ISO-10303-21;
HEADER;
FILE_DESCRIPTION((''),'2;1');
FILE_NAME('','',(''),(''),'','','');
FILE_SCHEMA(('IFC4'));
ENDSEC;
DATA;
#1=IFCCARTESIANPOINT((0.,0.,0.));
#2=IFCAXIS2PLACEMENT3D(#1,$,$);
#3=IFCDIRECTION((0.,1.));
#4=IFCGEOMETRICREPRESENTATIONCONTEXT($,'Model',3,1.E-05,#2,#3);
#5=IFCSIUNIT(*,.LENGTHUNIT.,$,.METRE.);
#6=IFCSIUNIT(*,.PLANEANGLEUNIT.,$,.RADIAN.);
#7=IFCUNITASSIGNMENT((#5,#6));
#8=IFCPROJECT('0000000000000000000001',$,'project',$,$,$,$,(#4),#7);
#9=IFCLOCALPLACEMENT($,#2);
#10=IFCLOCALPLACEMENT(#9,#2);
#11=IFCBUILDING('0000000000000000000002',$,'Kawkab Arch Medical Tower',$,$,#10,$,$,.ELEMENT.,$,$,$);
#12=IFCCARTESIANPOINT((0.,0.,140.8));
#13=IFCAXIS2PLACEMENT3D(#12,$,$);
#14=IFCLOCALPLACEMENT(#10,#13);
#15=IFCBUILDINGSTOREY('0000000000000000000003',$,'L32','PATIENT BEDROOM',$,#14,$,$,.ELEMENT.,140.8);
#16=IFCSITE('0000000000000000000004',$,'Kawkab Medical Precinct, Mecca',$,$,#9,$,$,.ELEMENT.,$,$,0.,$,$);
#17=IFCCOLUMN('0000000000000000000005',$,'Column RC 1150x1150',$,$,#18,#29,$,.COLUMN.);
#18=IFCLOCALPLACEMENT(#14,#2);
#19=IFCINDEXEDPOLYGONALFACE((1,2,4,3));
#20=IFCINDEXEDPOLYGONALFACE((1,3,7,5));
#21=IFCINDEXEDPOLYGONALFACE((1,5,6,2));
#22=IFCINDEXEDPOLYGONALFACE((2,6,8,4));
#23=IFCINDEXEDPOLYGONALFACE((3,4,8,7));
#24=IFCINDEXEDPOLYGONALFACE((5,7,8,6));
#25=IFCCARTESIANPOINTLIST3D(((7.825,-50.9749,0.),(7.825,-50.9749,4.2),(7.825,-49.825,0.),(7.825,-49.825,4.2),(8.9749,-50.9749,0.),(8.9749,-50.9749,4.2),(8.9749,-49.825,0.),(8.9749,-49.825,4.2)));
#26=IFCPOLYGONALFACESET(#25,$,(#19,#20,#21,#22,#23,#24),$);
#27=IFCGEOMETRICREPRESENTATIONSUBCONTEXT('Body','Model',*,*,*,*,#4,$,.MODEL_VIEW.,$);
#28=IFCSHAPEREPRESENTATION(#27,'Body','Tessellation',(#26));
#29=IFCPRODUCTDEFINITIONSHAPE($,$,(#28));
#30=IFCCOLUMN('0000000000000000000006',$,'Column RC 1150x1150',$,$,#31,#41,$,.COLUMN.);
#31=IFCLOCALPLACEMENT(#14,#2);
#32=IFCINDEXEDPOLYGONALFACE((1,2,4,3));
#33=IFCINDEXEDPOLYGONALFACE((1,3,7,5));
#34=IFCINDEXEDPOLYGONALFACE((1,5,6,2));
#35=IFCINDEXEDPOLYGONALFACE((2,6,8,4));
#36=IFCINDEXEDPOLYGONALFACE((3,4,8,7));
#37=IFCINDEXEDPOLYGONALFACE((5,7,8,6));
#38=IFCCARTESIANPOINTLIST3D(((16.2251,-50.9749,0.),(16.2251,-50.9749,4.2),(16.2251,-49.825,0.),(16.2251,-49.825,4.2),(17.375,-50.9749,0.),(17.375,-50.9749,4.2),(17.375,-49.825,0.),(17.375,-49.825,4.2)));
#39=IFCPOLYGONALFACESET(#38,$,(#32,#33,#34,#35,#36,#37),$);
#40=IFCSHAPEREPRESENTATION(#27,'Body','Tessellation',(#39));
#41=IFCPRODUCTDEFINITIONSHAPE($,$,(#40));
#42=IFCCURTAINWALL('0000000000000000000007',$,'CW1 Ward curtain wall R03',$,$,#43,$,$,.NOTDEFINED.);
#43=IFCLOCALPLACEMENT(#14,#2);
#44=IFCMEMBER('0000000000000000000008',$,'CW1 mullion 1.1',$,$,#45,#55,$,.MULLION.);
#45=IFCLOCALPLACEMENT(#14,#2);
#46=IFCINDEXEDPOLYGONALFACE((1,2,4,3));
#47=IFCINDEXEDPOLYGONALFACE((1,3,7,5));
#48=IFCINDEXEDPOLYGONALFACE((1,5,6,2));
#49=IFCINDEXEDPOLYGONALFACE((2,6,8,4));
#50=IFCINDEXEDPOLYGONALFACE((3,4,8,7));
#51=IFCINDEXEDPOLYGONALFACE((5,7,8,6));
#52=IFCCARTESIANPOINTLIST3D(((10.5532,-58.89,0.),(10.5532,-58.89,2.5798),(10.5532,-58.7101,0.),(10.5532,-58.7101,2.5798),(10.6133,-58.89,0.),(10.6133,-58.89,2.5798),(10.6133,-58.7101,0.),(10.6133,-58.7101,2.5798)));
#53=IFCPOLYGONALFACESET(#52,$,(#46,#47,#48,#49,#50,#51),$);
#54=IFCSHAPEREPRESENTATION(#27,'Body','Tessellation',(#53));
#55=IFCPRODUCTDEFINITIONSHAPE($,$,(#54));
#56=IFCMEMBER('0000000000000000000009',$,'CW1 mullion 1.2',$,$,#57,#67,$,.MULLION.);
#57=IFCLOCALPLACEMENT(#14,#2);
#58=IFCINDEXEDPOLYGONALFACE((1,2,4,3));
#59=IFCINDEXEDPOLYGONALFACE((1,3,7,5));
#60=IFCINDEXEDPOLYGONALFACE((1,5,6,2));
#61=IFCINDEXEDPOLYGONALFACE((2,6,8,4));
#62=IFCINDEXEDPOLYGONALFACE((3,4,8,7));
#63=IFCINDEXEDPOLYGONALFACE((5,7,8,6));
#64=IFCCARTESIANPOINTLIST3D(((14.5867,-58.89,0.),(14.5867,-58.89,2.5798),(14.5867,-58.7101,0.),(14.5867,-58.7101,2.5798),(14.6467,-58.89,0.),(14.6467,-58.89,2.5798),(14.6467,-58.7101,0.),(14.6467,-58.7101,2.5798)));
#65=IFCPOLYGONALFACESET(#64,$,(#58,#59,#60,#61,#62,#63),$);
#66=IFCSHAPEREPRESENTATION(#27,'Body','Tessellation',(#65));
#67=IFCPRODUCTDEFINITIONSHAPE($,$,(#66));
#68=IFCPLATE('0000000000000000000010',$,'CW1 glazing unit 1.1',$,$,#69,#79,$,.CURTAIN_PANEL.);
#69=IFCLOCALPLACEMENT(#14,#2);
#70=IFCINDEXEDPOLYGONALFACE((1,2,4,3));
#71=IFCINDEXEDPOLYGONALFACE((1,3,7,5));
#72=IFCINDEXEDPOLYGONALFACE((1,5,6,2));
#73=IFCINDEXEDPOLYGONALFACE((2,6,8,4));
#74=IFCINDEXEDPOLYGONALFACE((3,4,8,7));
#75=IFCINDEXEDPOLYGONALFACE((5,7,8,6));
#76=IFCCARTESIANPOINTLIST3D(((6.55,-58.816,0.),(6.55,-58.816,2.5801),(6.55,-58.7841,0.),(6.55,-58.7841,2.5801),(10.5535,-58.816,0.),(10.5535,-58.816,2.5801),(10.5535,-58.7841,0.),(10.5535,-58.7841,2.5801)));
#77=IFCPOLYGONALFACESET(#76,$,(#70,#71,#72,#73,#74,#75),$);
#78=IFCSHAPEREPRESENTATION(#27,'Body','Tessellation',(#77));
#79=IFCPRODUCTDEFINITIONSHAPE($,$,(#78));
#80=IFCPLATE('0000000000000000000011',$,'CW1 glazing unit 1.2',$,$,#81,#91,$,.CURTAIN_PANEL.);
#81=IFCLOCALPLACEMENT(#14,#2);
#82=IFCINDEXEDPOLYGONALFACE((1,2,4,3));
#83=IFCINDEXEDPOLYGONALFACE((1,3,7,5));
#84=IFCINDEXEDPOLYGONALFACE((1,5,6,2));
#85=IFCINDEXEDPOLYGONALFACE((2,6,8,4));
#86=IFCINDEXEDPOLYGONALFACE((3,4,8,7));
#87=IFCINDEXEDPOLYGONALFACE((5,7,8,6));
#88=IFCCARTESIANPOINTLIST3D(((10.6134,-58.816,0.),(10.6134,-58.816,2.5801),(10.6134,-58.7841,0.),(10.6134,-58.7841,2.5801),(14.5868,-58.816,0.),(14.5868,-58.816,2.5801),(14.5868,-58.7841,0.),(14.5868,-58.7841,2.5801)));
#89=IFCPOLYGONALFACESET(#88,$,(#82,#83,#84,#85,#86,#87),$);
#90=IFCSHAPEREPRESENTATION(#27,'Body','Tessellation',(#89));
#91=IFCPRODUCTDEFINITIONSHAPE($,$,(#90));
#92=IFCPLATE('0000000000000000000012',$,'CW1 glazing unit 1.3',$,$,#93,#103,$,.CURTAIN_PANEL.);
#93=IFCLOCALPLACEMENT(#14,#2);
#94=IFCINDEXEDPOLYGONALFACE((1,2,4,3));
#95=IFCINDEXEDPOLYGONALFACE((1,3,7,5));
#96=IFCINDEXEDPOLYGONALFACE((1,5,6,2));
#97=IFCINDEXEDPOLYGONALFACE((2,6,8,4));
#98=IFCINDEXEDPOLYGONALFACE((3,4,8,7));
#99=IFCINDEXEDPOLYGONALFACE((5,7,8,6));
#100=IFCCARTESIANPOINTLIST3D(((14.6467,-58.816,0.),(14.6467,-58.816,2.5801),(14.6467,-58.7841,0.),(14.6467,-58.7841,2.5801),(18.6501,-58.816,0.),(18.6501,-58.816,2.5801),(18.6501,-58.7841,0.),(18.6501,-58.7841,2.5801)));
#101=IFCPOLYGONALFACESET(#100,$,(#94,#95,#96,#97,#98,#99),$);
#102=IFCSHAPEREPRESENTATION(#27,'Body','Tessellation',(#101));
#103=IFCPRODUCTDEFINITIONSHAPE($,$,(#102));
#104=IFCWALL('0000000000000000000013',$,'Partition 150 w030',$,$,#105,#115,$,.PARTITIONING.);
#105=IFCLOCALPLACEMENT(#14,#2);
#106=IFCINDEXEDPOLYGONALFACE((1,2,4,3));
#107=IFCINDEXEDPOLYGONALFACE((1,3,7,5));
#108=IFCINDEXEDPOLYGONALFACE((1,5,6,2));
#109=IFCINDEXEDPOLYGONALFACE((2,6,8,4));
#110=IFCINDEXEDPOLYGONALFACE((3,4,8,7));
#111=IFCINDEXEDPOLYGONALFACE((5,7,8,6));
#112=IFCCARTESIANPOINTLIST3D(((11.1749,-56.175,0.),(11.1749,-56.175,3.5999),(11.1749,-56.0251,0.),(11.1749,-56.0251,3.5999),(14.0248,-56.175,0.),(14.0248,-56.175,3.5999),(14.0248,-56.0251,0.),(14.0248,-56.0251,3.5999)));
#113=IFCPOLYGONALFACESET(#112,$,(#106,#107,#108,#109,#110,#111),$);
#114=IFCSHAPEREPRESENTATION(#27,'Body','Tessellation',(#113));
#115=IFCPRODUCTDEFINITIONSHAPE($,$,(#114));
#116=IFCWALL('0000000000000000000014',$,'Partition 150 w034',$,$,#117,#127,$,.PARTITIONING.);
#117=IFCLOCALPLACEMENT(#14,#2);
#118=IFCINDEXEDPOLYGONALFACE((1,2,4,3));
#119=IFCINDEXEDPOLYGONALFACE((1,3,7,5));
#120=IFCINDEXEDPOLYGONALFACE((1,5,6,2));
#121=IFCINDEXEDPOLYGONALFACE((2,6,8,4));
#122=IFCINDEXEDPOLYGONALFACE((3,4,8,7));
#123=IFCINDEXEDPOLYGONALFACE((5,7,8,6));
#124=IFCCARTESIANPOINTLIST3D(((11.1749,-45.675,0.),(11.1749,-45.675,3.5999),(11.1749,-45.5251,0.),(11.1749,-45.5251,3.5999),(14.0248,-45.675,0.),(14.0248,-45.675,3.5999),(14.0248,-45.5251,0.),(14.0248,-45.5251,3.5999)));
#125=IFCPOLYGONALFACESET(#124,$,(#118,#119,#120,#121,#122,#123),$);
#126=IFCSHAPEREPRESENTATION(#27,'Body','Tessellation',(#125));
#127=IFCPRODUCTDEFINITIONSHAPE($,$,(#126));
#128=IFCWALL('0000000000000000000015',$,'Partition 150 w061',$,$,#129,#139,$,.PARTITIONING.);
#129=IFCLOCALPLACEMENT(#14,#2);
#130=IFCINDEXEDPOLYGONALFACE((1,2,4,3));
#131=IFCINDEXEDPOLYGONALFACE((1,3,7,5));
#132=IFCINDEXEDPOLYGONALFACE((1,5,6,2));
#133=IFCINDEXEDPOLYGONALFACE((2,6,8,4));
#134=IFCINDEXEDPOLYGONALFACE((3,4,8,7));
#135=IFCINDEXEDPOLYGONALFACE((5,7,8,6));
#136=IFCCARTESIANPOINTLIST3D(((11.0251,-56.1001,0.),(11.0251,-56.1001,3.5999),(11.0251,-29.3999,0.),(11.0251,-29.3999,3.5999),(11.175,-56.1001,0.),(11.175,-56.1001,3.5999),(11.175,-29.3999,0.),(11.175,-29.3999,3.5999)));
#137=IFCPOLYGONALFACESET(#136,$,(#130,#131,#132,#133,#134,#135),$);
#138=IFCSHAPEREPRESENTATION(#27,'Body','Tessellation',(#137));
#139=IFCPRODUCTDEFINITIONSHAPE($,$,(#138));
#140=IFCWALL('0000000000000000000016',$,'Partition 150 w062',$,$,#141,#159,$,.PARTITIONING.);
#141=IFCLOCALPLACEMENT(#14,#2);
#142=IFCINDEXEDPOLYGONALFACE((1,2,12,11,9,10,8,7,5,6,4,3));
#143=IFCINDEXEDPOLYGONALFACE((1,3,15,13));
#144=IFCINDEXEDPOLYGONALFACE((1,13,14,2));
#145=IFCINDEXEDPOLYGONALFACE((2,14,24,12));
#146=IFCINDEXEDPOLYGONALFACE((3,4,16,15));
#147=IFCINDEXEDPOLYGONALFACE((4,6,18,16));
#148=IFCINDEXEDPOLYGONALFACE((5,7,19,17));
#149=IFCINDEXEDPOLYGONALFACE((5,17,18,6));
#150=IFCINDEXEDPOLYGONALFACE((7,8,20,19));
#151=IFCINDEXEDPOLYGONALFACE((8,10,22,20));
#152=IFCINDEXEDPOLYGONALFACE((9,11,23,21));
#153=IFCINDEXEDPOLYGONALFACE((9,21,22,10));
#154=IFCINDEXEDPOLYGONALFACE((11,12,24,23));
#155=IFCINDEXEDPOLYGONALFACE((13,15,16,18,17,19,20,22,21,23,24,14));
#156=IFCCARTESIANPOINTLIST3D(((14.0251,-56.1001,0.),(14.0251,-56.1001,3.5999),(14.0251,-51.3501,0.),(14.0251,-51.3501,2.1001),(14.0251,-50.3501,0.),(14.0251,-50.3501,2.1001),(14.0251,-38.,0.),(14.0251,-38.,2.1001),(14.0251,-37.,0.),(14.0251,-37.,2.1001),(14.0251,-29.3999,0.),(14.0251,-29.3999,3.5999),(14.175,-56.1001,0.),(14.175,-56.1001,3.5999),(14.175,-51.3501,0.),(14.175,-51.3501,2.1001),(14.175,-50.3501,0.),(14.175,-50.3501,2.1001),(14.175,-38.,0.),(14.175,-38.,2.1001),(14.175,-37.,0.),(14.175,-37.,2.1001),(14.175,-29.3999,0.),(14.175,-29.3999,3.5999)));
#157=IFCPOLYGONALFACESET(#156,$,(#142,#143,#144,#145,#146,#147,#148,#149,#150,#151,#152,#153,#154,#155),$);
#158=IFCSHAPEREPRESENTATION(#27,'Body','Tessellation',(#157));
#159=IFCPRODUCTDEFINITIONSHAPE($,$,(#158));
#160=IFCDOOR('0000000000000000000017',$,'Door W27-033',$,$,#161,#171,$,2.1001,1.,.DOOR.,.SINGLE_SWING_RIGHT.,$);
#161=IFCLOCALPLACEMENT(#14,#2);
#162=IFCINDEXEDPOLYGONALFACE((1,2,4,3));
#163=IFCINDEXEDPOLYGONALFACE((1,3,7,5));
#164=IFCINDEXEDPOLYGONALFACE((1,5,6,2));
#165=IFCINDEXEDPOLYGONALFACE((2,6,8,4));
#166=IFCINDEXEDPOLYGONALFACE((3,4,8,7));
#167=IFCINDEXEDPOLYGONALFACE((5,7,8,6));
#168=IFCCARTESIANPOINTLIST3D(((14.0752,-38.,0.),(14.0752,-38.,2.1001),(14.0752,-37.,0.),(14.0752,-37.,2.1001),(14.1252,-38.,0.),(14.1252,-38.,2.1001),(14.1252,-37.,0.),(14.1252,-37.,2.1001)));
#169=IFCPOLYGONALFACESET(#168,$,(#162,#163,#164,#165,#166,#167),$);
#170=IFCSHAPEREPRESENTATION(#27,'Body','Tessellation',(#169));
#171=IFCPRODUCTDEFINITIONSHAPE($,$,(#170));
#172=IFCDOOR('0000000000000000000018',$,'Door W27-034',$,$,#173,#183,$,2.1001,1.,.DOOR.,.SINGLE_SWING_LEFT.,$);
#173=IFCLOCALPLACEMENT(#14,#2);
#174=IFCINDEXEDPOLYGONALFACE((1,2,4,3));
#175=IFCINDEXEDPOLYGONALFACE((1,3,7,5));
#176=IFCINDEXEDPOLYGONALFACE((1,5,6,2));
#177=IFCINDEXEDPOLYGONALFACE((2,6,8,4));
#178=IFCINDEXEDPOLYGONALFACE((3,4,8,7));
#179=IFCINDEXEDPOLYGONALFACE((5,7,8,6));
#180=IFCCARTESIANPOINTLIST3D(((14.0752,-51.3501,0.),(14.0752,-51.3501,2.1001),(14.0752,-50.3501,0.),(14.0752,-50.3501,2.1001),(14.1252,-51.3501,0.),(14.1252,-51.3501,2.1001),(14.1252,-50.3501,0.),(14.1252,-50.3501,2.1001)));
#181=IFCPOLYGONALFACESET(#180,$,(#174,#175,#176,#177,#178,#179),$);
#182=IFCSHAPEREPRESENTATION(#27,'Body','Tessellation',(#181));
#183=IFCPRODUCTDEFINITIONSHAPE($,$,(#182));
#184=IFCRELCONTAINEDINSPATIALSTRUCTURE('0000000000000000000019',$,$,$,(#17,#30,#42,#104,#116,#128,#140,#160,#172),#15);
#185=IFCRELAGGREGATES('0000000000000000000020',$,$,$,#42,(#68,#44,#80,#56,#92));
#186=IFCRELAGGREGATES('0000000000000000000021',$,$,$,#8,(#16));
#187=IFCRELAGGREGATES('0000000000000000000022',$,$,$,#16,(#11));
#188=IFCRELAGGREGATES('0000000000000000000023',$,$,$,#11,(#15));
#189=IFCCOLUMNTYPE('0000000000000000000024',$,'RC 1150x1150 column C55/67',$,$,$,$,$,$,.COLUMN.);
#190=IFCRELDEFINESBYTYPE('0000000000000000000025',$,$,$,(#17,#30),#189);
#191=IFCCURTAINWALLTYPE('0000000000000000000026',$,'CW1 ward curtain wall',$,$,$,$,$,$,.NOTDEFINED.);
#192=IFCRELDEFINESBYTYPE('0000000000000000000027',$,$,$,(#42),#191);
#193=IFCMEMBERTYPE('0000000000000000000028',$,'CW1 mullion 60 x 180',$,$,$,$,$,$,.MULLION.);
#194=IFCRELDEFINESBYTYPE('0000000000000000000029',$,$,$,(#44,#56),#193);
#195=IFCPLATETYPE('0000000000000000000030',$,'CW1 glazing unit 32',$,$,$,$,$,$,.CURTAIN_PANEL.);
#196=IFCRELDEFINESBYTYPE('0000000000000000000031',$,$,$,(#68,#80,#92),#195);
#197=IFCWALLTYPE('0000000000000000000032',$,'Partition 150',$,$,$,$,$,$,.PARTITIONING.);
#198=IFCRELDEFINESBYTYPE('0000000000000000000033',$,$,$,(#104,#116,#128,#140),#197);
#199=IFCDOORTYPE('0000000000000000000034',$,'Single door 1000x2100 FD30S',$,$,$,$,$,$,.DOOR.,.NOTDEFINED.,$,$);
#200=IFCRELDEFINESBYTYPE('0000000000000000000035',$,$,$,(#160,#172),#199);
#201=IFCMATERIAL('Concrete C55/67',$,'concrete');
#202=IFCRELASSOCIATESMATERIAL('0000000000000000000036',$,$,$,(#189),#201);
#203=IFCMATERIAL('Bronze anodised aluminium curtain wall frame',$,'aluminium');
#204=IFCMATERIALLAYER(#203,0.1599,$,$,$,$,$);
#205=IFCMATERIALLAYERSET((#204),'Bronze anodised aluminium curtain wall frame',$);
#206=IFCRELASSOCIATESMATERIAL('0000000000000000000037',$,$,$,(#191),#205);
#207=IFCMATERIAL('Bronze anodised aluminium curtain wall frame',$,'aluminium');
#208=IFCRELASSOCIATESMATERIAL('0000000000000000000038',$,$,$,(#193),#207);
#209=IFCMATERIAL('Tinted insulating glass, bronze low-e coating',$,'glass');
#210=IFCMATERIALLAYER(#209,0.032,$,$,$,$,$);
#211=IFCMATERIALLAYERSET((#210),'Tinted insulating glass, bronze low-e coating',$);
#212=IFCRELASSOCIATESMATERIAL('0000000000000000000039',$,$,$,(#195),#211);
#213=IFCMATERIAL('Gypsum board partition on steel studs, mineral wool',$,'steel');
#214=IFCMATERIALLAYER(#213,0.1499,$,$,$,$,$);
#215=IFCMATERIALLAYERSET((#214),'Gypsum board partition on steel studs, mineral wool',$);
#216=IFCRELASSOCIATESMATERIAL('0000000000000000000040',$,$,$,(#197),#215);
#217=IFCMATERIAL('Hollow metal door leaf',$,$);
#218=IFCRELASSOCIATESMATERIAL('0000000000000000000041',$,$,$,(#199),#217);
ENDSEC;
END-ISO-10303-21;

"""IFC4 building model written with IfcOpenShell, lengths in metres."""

from ifc_helpers import new_model, si_unit, direction, frame, frame_2d, origin, origin_2d, place, context, subcontext, project, spatial, rectangle, extrude, material, layer, layer_set, material_profile, profile_set, type_object, element, fill, aggregate, save


model = new_model("IFC4")

# Units and contexts
model_context = context("Model", 3, precision=1e-05, world=origin(), true_north=direction((0.0, 1.0)))
body_context = subcontext(model_context, "Body", "Model", "MODEL_VIEW")
ifc_project = project(units=[si_unit("LENGTHUNIT", "METRE"), si_unit("PLANEANGLEUNIT", "RADIAN")], contexts=[model_context])

# Site, building, storey
site_placement = place(None, origin())
site = spatial("IfcSite", under=ifc_project, at=site_placement, Name="Kawkab Medical Precinct, Mecca", CompositionType="ELEMENT", RefElevation=0.0)
building_placement = place(site_placement, origin())
building = spatial("IfcBuilding", under=site, at=building_placement, Name="Kawkab Arch Medical Tower", CompositionType="ELEMENT")
storey_placement = place(building_placement, frame((0.0, 0.0, 140.8)))
storey = spatial("IfcBuildingStorey", under=building, at=storey_placement, Name="L32", Description="PATIENT BEDROOM", CompositionType="ELEMENT", Elevation=140.8)

# Columns
ifc_material_1 = material(Name="Concrete C55/67", Category="concrete")
ifc_material_profile_1 = material_profile(ifc_material_1, rectangle(XDim=1.1499, YDim=1.1499, at=origin_2d()), Name="RC 1150x1150")
ifc_profile_set_1 = profile_set([ifc_material_profile_1], Name="Concrete C55/67")
column_type = type_object("IfcColumnType", Name="RC 1150x1150 column C55/67", PredefinedType="COLUMN", material=ifc_profile_set_1)
for number, where, z_axis, x_axis, name in (
    (1, (8.3999, -50.3999, 0.0), (0.0, 0.0, 1.0), (1.0, 0.0, 0.0), "Column RC 1150x1150"),
    (2, (16.8, -50.3999, 0.0), (0.0, 0.0, 1.0), (1.0, 0.0, 0.0), "Column RC 1150x1150"),
):
    element("IfcColumn", number, at=place(storey_placement, frame(where, z_axis=z_axis, x_axis=x_axis)), inside=storey, type_object=column_type, Name=name, PredefinedType="COLUMN", context=body_context, shape_type="SweptSolid", body=[
        extrude(rectangle(XDim=1.1499, YDim=1.1499, at=origin_2d()), origin(), (0.0, 0.0, 1.0), 4.2),
    ])

# Curtain wall, members, plates
ifc_material_2 = material(Name="Bronze anodised aluminium curtain wall frame", Category="aluminium")
ifc_layer_1 = layer(ifc_material_2, 0.1599)
ifc_layer_set_1 = layer_set([ifc_layer_1], Name="Bronze anodised aluminium curtain wall frame")
curtain_wall_type = type_object("IfcCurtainWallType", Name="CW1 ward curtain wall", PredefinedType="NOTDEFINED", material=ifc_layer_set_1)
curtain_wall_placement = place(storey_placement, origin())
curtain_wall = element("IfcCurtainWall", 3, at=curtain_wall_placement, inside=storey, type_object=curtain_wall_type, Name="CW1 Ward curtain wall R03", PredefinedType="NOTDEFINED")
ifc_material_3 = material(Name="Bronze anodised aluminium curtain wall frame", Category="aluminium")
ifc_material_profile_2 = material_profile(ifc_material_3, rectangle(XDim=0.1799, YDim=0.0601, at=origin_2d()), Name="AL 60x180")
ifc_profile_set_2 = profile_set([ifc_material_profile_2], Name="Bronze anodised aluminium curtain wall frame")
member_type = type_object("IfcMemberType", Name="CW1 mullion 60 x 180", PredefinedType="MULLION", material=ifc_profile_set_2)
member_1_placement = place(storey_placement, frame((10.5833, -58.8, 0.0), z_axis=(0.0, 0.0, 1.0), x_axis=(0.0, 1.0, 0.0)))
member_1 = element("IfcMember", 4, at=member_1_placement, type_object=member_type, Name="CW1 mullion 1.1", PredefinedType="MULLION", context=body_context, shape_type="SweptSolid", body=[
    extrude(rectangle(XDim=0.1799, YDim=0.0601, at=origin_2d()), origin(), (0.0, 0.0, 1.0), 2.5798),
])
member_2_placement = place(storey_placement, frame((14.6167, -58.8, 0.0), z_axis=(0.0, 0.0, 1.0), x_axis=(0.0, 1.0, 0.0)))
member_2 = element("IfcMember", 5, at=member_2_placement, type_object=member_type, Name="CW1 mullion 1.2", PredefinedType="MULLION", context=body_context, shape_type="SweptSolid", body=[
    extrude(rectangle(XDim=0.1799, YDim=0.0601, at=origin_2d()), origin(), (0.0, 0.0, 1.0), 2.5798),
])
ifc_material_4 = material(Name="Tinted insulating glass, bronze low-e coating", Category="glass")
ifc_layer_2 = layer(ifc_material_4, 0.032)
ifc_layer_set_2 = layer_set([ifc_layer_2], Name="Tinted insulating glass, bronze low-e coating")
plate_type = type_object("IfcPlateType", Name="CW1 glazing unit 32", PredefinedType="CURTAIN_PANEL", material=ifc_layer_set_2)
plate_1_placement = place(storey_placement, frame((8.5518, -58.8, 0.0), z_axis=(0.0, 0.0, 1.0), x_axis=(1.0, 0.0, 0.0)))
plate_1 = element("IfcPlate", 6, at=plate_1_placement, type_object=plate_type, Name="CW1 glazing unit 1.1", PredefinedType="CURTAIN_PANEL", context=body_context, shape_type="SweptSolid", body=[
    extrude(rectangle(XDim=4.0034, YDim=0.032, at=origin_2d()), origin(), (0.0, 0.0, 1.0), 2.5801),
])
plate_2_placement = place(storey_placement, frame((12.6001, -58.8, 0.0), z_axis=(0.0, 0.0, 1.0), x_axis=(1.0, 0.0, 0.0)))
plate_2 = element("IfcPlate", 7, at=plate_2_placement, type_object=plate_type, Name="CW1 glazing unit 1.2", PredefinedType="CURTAIN_PANEL", context=body_context, shape_type="SweptSolid", body=[
    extrude(rectangle(XDim=3.9734, YDim=0.032, at=origin_2d()), origin(), (0.0, 0.0, 1.0), 2.5801),
])
plate_3_placement = place(storey_placement, frame((16.6484, -58.8, 0.0), z_axis=(0.0, 0.0, 1.0), x_axis=(1.0, 0.0, 0.0)))
plate_3 = element("IfcPlate", 8, at=plate_3_placement, type_object=plate_type, Name="CW1 glazing unit 1.3", PredefinedType="CURTAIN_PANEL", context=body_context, shape_type="SweptSolid", body=[
    extrude(rectangle(XDim=4.0034, YDim=0.032, at=origin_2d()), origin(), (0.0, 0.0, 1.0), 2.5801),
])
aggregate(curtain_wall, [plate_1, member_1, plate_2, member_2, plate_3])

# Walls
ifc_material_5 = material(Name="Gypsum board partition on steel studs, mineral wool", Category="steel")
ifc_layer_3 = layer(ifc_material_5, 0.1499)
ifc_layer_set_3 = layer_set([ifc_layer_3], Name="Gypsum board partition on steel studs, mineral wool")
wall_type = type_object("IfcWallType", Name="Partition 150", PredefinedType="PARTITIONING", material=ifc_layer_set_3)
for number, where, z_axis, x_axis, name in (
    (9, (11.175, -56.1001, 0.0), (0.0, 0.0, 1.0), (1.0, 0.0, 0.0), "Partition 150 w030"),
    (10, (11.175, -45.6001, 0.0), (0.0, 0.0, 1.0), (1.0, 0.0, 0.0), "Partition 150 w034"),
):
    element("IfcWall", number, at=place(storey_placement, frame(where, z_axis=z_axis, x_axis=x_axis)), inside=storey, type_object=wall_type, Name=name, PredefinedType="PARTITIONING", context=body_context, shape_type="SweptSolid", body=[
        extrude(rectangle(XDim=2.8499, YDim=0.1499, at=frame_2d((1.4248, 0.0))), origin(), (0.0, 0.0, 1.0), 3.5999),
    ])
wall_1_placement = place(storey_placement, frame((11.1001, -56.1001, 0.0), z_axis=(0.0, 0.0, 1.0), x_axis=(0.0, 1.0, 0.0)))
element("IfcWall", 11, at=wall_1_placement, inside=storey, type_object=wall_type, Name="Partition 150 w061", PredefinedType="PARTITIONING", context=body_context, shape_type="SweptSolid", body=[
    extrude(rectangle(XDim=26.7002, YDim=0.1499, at=frame_2d((13.3501, 0.0))), origin(), (0.0, 0.0, 1.0), 3.5999),
])

# Wall, openings, doors
wall_2_placement = place(storey_placement, frame((14.1001, -56.1001, 0.0), z_axis=(0.0, 0.0, 1.0), x_axis=(0.0, 1.0, 0.0)))
wall_2 = element("IfcWall", 12, at=wall_2_placement, inside=storey, type_object=wall_type, Name="Partition 150 w062", PredefinedType="PARTITIONING", context=body_context, shape_type="SweptSolid", body=[
    extrude(rectangle(XDim=26.7002, YDim=0.1499, at=frame_2d((13.3501, 0.0))), origin(), (0.0, 0.0, 1.0), 3.5999),
])
opening_1_placement = place(wall_2_placement, frame((18.1001, 0.0, 0.0)))
opening_1 = element("IfcOpeningElement", 13, at=opening_1_placement, cuts=wall_2, PredefinedType="OPENING", context=body_context, shape_type="SweptSolid", body=[
    extrude(rectangle(XDim=1.0, YDim=2.1001, at=frame_2d((0.5, 1.05))), frame((0.0, 0.085, 0.0), z_axis=(0.0, -1.0, 0.0), x_axis=(1.0, 0.0, 0.0)), (0.0, 0.0, 1.0), 0.1699),
])
opening_2_placement = place(wall_2_placement, frame((4.75, 0.0, 0.0)))
opening_2 = element("IfcOpeningElement", 14, at=opening_2_placement, cuts=wall_2, PredefinedType="OPENING", context=body_context, shape_type="SweptSolid", body=[
    extrude(rectangle(XDim=1.0, YDim=2.1001, at=frame_2d((0.5, 1.05))), frame((0.0, 0.085, 0.0), z_axis=(0.0, -1.0, 0.0), x_axis=(1.0, 0.0, 0.0)), (0.0, 0.0, 1.0), 0.1699),
])
ifc_material_6 = material(Name="Hollow metal door leaf")
door_type_1 = type_object("IfcDoorType", Name="Single door 1000x2100 FD30S", OperationType="NOTDEFINED", PredefinedType="DOOR", material=ifc_material_6)
door_1_placement = place(opening_1_placement, origin())
door_1 = element("IfcDoor", 15, at=door_1_placement, inside=storey, type_object=door_type_1, Name="Door W27-033", OperationType="SINGLE_SWING_RIGHT", OverallHeight=2.1001, OverallWidth=1.0, PredefinedType="DOOR", context=body_context, shape_type="SweptSolid", body=[
    extrude(rectangle(XDim=1.0, YDim=2.1001, at=frame_2d((0.5, 1.05))), frame((0.0, 0.0249, 0.0), z_axis=(0.0, -1.0, 0.0), x_axis=(1.0, 0.0, 0.0)), (0.0, 0.0, 1.0), 0.05),
])
fill(opening_1, door_1)
door_2_placement = place(opening_2_placement, origin())
door_2 = element("IfcDoor", 16, at=door_2_placement, inside=storey, type_object=door_type_1, Name="Door W27-034", OperationType="SINGLE_SWING_LEFT", OverallHeight=2.1001, OverallWidth=1.0, PredefinedType="DOOR", context=body_context, shape_type="SweptSolid", body=[
    extrude(rectangle(XDim=1.0, YDim=2.1001, at=frame_2d((0.5, 1.05))), frame((0.0, 0.0249, 0.0), z_axis=(0.0, -1.0, 0.0), x_axis=(1.0, 0.0, 0.0)), (0.0, 0.0, 1.0), 0.05),
])
fill(opening_2, door_2)

save(model, "model.ifc")
